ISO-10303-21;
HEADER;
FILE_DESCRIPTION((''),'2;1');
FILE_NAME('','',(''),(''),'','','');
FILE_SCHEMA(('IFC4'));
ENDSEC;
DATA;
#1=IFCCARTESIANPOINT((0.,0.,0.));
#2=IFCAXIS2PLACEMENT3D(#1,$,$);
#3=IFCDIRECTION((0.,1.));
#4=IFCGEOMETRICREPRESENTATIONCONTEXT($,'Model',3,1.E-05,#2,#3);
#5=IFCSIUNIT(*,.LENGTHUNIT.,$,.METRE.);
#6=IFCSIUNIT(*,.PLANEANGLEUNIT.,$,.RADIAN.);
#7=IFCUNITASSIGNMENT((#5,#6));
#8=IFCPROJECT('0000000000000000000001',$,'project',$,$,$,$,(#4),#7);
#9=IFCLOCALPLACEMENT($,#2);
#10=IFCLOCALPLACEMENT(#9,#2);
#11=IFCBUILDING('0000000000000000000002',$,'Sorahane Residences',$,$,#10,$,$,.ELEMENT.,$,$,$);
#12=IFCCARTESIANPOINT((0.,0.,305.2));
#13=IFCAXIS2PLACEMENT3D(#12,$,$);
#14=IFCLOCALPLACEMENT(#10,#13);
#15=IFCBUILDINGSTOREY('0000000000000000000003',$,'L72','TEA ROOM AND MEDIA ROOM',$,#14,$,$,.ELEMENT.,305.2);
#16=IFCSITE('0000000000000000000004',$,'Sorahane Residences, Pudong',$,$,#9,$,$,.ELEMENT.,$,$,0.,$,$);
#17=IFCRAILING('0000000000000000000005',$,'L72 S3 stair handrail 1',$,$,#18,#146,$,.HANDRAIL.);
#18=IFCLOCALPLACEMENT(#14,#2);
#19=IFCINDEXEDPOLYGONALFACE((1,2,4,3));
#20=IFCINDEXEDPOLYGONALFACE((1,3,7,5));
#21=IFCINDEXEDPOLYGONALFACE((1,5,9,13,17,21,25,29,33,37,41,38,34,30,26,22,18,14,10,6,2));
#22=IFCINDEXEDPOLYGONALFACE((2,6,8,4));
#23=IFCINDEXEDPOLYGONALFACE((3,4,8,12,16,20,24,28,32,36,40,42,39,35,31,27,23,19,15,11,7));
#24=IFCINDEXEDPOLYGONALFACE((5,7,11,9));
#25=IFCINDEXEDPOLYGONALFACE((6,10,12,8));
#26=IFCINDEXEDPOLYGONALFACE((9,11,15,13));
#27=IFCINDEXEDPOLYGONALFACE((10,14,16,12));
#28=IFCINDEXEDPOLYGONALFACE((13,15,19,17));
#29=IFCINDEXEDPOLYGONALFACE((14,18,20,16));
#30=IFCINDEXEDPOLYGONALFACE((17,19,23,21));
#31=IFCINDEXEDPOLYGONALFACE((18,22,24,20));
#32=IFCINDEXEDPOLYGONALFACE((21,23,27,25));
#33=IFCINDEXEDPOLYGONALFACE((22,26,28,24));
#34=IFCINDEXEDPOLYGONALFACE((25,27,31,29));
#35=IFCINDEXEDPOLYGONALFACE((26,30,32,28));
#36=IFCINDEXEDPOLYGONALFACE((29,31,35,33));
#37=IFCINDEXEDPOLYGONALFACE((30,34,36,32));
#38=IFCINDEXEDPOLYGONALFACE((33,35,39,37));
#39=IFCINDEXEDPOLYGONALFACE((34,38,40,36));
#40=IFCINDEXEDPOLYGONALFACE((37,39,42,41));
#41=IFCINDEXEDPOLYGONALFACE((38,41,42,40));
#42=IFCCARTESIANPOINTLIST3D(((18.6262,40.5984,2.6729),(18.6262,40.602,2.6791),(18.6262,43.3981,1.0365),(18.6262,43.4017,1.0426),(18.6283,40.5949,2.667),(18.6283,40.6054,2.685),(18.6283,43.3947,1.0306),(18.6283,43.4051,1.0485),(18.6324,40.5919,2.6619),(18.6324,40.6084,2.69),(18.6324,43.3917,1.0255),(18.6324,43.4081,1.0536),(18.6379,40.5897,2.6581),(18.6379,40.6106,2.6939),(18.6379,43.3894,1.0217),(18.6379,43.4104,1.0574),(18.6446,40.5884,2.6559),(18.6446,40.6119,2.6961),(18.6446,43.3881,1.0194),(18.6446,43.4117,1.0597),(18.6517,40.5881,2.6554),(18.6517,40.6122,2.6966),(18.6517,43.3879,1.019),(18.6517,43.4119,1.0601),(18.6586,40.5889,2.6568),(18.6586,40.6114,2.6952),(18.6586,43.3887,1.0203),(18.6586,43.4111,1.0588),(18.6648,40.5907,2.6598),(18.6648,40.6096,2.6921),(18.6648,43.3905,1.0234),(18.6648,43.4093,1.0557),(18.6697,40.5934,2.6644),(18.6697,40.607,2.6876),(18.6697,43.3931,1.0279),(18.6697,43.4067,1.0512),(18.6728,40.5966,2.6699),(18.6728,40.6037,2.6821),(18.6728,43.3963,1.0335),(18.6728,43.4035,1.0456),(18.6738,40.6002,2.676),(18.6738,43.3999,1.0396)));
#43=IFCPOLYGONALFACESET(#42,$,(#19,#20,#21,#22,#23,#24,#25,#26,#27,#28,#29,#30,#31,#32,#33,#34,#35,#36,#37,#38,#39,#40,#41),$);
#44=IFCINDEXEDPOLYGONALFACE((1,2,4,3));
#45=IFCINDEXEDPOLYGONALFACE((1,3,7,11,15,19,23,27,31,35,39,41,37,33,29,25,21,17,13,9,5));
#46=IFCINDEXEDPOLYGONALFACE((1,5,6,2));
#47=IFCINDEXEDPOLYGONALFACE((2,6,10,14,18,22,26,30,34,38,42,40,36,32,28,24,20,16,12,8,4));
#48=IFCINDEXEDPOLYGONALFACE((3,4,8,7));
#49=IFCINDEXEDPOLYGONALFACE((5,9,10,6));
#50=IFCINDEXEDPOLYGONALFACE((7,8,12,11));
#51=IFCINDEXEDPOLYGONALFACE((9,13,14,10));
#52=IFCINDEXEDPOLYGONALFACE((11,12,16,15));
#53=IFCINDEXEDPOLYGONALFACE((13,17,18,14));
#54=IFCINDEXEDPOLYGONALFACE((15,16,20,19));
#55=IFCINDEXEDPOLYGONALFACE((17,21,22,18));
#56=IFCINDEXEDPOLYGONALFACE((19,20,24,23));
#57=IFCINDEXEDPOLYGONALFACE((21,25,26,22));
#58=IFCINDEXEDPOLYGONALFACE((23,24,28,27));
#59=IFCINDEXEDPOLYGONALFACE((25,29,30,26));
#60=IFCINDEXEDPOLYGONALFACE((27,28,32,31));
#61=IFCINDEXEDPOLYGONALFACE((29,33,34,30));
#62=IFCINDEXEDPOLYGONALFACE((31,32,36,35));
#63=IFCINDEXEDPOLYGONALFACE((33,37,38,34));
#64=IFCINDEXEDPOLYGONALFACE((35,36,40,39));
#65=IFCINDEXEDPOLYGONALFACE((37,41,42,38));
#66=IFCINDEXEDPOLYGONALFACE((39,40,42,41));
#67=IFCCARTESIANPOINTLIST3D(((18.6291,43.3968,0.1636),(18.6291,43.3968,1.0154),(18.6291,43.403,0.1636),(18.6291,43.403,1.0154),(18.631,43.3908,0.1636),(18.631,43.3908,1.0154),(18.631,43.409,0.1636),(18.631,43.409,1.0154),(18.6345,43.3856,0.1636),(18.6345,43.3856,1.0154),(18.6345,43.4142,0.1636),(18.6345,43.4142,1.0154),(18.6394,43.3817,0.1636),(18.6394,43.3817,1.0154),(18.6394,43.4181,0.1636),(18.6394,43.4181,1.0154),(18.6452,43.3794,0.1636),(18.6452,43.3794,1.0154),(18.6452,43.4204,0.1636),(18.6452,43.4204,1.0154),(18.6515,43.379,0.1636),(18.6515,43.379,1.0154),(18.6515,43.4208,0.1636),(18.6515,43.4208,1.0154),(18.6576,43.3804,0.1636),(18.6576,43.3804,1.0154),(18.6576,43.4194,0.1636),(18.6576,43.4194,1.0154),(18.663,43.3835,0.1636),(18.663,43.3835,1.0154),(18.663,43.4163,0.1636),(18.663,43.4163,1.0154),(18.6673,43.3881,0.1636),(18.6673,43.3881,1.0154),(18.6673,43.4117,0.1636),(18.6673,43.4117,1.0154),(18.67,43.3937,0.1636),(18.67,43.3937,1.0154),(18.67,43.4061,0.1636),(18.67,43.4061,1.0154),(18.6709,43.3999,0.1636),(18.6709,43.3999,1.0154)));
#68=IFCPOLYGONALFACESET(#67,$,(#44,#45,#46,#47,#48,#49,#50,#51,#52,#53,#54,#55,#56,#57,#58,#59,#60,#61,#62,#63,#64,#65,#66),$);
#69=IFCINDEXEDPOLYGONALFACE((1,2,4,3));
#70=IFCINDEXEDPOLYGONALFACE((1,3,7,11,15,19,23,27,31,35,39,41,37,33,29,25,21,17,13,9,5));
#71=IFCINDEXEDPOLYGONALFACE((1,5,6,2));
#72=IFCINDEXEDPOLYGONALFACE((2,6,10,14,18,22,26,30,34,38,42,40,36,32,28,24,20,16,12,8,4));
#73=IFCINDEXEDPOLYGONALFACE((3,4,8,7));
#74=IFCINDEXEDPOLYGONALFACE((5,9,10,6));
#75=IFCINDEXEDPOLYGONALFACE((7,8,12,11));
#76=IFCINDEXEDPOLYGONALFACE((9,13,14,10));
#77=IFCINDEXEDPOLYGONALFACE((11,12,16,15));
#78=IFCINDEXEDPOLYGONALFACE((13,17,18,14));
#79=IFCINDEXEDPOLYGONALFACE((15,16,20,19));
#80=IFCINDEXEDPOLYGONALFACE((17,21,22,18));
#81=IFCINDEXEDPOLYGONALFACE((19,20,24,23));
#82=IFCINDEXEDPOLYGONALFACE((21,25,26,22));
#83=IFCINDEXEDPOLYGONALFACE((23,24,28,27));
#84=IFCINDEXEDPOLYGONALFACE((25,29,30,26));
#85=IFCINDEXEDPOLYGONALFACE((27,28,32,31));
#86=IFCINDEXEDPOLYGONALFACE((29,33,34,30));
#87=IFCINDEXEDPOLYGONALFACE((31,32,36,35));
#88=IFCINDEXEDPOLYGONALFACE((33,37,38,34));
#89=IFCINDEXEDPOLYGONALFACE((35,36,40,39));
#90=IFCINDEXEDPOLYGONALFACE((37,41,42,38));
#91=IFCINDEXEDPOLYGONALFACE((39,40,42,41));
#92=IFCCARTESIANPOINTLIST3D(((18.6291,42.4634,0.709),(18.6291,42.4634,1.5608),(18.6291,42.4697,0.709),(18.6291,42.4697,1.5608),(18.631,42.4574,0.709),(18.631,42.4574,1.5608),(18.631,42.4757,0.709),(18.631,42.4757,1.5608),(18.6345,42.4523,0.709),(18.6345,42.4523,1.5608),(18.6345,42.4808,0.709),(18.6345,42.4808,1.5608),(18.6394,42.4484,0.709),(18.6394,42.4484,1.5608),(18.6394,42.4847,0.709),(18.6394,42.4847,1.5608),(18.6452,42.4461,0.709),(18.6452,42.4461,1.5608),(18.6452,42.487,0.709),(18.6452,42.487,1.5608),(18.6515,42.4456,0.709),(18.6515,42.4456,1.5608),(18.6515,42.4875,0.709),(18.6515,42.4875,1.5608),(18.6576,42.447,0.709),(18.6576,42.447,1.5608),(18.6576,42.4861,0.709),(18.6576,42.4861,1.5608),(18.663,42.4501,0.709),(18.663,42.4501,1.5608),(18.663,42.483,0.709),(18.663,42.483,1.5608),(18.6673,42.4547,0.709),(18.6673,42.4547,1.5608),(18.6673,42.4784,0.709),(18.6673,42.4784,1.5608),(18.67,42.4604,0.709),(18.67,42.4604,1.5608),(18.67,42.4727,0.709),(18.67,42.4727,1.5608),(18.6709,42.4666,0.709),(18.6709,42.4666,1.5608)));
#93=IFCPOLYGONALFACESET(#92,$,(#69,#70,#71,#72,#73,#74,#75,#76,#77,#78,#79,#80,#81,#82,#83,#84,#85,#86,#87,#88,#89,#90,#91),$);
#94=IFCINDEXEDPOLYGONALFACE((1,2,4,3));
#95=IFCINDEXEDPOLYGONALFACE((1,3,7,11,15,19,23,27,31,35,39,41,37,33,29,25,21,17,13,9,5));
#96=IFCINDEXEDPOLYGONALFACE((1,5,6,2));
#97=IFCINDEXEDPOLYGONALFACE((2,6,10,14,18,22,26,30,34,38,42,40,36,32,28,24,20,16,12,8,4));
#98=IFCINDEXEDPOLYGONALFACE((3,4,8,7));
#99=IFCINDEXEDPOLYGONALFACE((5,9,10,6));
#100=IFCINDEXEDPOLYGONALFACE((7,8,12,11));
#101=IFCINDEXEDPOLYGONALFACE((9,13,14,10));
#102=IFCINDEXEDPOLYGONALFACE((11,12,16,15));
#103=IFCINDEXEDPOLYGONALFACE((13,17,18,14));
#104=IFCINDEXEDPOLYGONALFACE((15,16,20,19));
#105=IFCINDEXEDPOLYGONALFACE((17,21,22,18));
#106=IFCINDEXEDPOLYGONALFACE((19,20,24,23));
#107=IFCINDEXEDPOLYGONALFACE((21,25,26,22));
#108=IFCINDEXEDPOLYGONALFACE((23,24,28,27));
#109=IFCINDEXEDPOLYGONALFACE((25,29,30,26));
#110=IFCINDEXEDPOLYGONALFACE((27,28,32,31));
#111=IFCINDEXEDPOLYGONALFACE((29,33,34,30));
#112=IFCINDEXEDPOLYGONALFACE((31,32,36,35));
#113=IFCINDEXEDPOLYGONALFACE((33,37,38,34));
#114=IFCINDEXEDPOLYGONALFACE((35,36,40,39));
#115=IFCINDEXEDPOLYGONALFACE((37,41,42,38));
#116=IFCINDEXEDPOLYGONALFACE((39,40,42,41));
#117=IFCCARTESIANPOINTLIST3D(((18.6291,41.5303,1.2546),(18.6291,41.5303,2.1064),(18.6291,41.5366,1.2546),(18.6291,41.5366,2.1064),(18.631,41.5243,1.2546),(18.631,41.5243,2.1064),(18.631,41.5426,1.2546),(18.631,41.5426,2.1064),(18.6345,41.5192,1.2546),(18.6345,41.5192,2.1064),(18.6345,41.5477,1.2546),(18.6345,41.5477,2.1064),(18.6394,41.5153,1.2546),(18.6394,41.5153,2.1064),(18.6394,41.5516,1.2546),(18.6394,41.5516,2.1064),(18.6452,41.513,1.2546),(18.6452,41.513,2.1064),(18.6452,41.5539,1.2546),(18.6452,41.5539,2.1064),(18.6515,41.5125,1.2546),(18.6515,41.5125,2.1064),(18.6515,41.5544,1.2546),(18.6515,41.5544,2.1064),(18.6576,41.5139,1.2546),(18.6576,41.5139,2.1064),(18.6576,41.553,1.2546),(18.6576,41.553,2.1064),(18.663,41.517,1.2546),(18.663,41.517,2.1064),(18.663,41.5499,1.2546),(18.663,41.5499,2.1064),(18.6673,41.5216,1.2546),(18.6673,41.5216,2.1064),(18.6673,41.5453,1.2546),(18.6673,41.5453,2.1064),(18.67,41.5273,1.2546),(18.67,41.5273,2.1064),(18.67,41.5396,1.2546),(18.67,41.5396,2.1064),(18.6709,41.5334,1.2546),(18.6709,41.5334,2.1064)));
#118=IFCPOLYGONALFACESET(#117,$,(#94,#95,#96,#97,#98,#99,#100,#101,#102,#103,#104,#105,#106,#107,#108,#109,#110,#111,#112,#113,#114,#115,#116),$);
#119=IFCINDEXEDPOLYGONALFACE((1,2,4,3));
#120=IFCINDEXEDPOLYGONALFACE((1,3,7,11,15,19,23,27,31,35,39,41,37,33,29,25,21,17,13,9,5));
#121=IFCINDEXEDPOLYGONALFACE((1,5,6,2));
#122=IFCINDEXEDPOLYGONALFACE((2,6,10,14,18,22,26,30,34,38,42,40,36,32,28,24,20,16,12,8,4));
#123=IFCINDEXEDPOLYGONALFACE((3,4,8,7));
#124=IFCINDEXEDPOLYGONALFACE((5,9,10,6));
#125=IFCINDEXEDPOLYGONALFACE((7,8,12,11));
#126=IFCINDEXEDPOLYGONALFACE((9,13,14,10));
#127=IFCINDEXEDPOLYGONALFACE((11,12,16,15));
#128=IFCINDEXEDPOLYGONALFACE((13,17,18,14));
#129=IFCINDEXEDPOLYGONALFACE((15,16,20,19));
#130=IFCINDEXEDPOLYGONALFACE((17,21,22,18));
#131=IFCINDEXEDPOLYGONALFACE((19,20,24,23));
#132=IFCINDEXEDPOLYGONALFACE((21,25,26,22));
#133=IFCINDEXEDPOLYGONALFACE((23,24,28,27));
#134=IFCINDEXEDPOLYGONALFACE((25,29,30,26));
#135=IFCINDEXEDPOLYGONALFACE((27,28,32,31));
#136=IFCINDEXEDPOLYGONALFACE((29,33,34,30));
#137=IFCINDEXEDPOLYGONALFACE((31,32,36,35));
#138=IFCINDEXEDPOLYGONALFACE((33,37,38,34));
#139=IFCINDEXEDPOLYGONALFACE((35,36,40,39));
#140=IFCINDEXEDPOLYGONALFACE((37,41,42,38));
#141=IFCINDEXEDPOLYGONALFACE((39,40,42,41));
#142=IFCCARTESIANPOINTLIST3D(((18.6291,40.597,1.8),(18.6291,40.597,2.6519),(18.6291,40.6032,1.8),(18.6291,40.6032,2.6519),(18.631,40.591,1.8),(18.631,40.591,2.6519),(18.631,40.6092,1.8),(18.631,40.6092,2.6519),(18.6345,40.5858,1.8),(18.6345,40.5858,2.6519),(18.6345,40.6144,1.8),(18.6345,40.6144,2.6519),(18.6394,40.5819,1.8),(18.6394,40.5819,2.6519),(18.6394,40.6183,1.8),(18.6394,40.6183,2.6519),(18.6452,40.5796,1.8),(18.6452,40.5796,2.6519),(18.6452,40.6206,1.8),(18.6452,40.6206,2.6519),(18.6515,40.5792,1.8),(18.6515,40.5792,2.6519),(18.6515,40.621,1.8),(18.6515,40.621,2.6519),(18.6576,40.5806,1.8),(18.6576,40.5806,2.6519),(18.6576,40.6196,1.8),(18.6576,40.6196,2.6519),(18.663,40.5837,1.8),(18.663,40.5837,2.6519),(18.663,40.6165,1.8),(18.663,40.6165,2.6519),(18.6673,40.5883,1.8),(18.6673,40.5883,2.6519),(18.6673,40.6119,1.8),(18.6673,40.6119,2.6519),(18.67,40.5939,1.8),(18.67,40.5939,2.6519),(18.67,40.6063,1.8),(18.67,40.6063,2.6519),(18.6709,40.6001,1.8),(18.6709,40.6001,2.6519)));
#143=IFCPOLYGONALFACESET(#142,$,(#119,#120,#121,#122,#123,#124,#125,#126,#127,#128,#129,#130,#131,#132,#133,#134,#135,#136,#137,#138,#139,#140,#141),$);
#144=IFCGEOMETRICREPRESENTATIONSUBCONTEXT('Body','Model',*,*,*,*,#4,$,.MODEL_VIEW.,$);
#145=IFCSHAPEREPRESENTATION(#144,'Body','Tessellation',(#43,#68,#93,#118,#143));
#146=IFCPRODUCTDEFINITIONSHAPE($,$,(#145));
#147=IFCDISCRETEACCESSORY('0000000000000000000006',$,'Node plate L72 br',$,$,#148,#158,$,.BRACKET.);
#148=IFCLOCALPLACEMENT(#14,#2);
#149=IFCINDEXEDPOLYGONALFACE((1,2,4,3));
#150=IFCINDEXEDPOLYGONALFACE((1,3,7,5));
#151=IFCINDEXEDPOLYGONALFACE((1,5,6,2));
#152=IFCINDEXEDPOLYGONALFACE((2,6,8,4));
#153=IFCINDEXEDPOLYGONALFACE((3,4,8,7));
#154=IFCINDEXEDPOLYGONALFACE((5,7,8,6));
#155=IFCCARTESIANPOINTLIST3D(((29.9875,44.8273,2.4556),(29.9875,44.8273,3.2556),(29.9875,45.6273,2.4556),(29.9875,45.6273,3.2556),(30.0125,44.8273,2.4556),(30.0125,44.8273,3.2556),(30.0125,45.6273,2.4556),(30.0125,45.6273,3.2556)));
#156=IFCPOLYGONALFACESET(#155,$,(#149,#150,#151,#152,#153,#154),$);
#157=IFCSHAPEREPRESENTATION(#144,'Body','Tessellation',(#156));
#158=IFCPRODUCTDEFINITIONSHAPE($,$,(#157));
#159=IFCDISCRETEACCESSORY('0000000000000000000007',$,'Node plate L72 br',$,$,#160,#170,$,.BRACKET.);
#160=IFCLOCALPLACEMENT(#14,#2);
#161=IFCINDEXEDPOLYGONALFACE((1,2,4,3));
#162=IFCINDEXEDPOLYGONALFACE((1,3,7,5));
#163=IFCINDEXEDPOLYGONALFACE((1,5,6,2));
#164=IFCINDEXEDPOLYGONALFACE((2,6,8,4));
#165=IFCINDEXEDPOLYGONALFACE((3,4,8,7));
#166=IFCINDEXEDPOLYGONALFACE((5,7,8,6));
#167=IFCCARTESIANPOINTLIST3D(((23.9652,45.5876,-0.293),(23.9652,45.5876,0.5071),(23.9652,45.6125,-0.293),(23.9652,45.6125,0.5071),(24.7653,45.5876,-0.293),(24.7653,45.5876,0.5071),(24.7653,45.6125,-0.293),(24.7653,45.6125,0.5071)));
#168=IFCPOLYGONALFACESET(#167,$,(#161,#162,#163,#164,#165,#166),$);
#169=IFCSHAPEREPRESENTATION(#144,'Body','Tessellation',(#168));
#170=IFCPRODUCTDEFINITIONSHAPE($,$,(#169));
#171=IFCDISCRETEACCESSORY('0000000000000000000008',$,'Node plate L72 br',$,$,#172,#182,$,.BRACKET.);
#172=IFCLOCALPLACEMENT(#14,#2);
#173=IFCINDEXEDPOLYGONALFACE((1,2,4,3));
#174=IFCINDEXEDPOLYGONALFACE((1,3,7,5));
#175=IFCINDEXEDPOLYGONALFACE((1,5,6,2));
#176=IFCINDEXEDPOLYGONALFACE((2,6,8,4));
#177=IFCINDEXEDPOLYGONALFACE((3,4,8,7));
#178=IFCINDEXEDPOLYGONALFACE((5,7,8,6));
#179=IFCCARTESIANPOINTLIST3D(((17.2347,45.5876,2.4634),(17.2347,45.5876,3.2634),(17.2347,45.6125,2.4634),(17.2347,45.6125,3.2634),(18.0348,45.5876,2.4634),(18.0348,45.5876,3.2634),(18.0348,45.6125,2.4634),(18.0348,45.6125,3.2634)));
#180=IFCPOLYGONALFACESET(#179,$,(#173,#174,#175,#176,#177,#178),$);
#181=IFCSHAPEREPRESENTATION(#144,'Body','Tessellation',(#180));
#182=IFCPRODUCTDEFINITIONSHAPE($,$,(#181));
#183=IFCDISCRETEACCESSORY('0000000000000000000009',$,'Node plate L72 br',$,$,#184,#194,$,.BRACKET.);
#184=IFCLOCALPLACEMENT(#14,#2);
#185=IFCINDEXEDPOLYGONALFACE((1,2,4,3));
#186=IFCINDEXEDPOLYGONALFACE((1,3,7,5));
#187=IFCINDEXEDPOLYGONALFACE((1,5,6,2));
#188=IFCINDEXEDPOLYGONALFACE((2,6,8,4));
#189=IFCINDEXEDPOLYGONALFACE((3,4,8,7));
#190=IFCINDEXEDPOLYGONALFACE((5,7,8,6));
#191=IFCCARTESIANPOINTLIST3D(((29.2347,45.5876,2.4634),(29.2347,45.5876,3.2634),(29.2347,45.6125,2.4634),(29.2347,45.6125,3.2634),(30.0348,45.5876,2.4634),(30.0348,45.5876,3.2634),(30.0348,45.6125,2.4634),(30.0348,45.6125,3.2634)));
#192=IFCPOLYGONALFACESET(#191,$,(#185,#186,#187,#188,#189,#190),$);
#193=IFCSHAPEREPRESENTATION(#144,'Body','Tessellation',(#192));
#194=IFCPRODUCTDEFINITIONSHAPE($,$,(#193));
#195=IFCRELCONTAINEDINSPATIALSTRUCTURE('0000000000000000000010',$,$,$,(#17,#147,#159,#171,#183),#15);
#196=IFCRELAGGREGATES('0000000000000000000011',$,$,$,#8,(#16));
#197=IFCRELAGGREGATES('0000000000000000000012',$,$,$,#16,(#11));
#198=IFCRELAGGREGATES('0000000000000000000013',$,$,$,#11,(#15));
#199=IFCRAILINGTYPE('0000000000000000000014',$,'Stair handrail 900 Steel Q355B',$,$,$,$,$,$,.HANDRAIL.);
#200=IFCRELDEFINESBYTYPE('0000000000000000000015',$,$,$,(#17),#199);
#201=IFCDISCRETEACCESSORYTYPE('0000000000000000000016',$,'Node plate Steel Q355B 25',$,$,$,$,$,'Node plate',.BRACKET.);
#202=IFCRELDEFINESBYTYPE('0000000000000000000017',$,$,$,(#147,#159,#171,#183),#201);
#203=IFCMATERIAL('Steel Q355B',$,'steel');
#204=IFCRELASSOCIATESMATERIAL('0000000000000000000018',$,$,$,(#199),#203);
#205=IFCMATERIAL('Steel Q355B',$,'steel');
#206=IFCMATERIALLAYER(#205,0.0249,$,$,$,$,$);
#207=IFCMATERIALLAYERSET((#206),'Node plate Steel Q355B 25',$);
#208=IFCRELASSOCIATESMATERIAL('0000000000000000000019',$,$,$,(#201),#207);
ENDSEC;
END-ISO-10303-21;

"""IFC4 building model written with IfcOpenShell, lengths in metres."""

from ifc_helpers import new_model, si_unit, direction, frame, origin, origin_2d, place, context, subcontext, project, spatial, rectangle, circle, extrude, material, layer, layer_set, type_object, element, save


model = new_model("IFC4")

# Units and contexts
model_context = context("Model", 3, precision=1e-05, world=origin(), true_north=direction((0.0, 1.0)))
body_context = subcontext(model_context, "Body", "Model", "MODEL_VIEW")
ifc_project = project(units=[si_unit("LENGTHUNIT", "METRE"), si_unit("PLANEANGLEUNIT", "RADIAN")], contexts=[model_context])

# Site, building, storey
site_placement = place(None, origin())
site = spatial("IfcSite", under=ifc_project, at=site_placement, Name="Sorahane Residences, Pudong", CompositionType="ELEMENT", RefElevation=0.0)
building_placement = place(site_placement, origin())
building = spatial("IfcBuilding", under=site, at=building_placement, Name="Sorahane Residences", CompositionType="ELEMENT")
storey_placement = place(building_placement, frame((0.0, 0.0, 305.2)))
storey = spatial("IfcBuildingStorey", under=building, at=storey_placement, Name="L72", Description="TEA ROOM AND MEDIA ROOM", CompositionType="ELEMENT", Elevation=305.2)

# Railing
ifc_material_1 = material(Name="Steel Q355B", Category="steel")
railing_type_1 = type_object("IfcRailingType", Name="Stair handrail 900 Steel Q355B", PredefinedType="HANDRAIL", material=ifc_material_1)
railing_1_placement = place(storey_placement, frame((18.6499, 43.3999, 0.1636)))
element("IfcRailing", 1, at=railing_1_placement, inside=storey, type_object=railing_type_1, Name="L72 S3 stair handrail 1", PredefinedType="HANDRAIL", context=body_context, shape_type="SweptSolid", body=[
    extrude(circle(Radius=0.0239, at=origin_2d()), frame((0.0, 0.0, 0.876), z_axis=(0.0, -0.863342, 0.50462), x_axis=(1.0, 0.0, 0.0)), (0.0, 0.0, 1.0), 3.2429),
    extrude(circle(Radius=0.021, at=origin_2d()), origin(), (0.0, 0.0, 1.0), 0.8518),
    extrude(circle(Radius=0.021, at=origin_2d()), frame((0.0, -0.9333, 0.5454)), (0.0, 0.0, 1.0), 0.8518),
    extrude(circle(Radius=0.021, at=origin_2d()), frame((0.0, -1.8665, 1.0911)), (0.0, 0.0, 1.0), 0.8518),
    extrude(circle(Radius=0.021, at=origin_2d()), frame((0.0, -2.7998, 1.6365)), (0.0, 0.0, 1.0), 0.8518),
])

# Discrete accessories
ifc_material_2 = material(Name="Steel Q355B", Category="steel")
ifc_layer_1 = layer(ifc_material_2, 0.0249)
ifc_layer_set_1 = layer_set([ifc_layer_1], Name="Node plate Steel Q355B 25")
discrete_accessory_type = type_object("IfcDiscreteAccessoryType", Name="Node plate Steel Q355B 25", ElementType="Node plate", PredefinedType="BRACKET", material=ifc_layer_set_1)
for number, where, z_axis, x_axis, name in (
    (2, (30.0, 45.2273, 2.4556), (0.0, 0.0, 1.0), (0.0, 1.0, 0.0), "Node plate L72 br"),
    (3, (24.3652, 45.6001, -0.293), (0.0, 0.0, 1.0), (1.0, 0.0, 0.0), "Node plate L72 br"),
    (4, (17.6348, 45.6001, 2.4634), (0.0, 0.0, 1.0), (1.0, 0.0, 0.0), "Node plate L72 br"),
    (5, (29.6348, 45.6001, 2.4634), (0.0, 0.0, 1.0), (1.0, 0.0, 0.0), "Node plate L72 br"),
):
    element("IfcDiscreteAccessory", number, at=place(storey_placement, frame(where, z_axis=z_axis, x_axis=x_axis)), inside=storey, type_object=discrete_accessory_type, Name=name, PredefinedType="BRACKET", context=body_context, shape_type="SweptSolid", body=[
        extrude(rectangle(XDim=0.8, YDim=0.0249, at=origin_2d()), origin(), (0.0, 0.0, 1.0), 0.8),
    ])

save(model, "model.ifc")
